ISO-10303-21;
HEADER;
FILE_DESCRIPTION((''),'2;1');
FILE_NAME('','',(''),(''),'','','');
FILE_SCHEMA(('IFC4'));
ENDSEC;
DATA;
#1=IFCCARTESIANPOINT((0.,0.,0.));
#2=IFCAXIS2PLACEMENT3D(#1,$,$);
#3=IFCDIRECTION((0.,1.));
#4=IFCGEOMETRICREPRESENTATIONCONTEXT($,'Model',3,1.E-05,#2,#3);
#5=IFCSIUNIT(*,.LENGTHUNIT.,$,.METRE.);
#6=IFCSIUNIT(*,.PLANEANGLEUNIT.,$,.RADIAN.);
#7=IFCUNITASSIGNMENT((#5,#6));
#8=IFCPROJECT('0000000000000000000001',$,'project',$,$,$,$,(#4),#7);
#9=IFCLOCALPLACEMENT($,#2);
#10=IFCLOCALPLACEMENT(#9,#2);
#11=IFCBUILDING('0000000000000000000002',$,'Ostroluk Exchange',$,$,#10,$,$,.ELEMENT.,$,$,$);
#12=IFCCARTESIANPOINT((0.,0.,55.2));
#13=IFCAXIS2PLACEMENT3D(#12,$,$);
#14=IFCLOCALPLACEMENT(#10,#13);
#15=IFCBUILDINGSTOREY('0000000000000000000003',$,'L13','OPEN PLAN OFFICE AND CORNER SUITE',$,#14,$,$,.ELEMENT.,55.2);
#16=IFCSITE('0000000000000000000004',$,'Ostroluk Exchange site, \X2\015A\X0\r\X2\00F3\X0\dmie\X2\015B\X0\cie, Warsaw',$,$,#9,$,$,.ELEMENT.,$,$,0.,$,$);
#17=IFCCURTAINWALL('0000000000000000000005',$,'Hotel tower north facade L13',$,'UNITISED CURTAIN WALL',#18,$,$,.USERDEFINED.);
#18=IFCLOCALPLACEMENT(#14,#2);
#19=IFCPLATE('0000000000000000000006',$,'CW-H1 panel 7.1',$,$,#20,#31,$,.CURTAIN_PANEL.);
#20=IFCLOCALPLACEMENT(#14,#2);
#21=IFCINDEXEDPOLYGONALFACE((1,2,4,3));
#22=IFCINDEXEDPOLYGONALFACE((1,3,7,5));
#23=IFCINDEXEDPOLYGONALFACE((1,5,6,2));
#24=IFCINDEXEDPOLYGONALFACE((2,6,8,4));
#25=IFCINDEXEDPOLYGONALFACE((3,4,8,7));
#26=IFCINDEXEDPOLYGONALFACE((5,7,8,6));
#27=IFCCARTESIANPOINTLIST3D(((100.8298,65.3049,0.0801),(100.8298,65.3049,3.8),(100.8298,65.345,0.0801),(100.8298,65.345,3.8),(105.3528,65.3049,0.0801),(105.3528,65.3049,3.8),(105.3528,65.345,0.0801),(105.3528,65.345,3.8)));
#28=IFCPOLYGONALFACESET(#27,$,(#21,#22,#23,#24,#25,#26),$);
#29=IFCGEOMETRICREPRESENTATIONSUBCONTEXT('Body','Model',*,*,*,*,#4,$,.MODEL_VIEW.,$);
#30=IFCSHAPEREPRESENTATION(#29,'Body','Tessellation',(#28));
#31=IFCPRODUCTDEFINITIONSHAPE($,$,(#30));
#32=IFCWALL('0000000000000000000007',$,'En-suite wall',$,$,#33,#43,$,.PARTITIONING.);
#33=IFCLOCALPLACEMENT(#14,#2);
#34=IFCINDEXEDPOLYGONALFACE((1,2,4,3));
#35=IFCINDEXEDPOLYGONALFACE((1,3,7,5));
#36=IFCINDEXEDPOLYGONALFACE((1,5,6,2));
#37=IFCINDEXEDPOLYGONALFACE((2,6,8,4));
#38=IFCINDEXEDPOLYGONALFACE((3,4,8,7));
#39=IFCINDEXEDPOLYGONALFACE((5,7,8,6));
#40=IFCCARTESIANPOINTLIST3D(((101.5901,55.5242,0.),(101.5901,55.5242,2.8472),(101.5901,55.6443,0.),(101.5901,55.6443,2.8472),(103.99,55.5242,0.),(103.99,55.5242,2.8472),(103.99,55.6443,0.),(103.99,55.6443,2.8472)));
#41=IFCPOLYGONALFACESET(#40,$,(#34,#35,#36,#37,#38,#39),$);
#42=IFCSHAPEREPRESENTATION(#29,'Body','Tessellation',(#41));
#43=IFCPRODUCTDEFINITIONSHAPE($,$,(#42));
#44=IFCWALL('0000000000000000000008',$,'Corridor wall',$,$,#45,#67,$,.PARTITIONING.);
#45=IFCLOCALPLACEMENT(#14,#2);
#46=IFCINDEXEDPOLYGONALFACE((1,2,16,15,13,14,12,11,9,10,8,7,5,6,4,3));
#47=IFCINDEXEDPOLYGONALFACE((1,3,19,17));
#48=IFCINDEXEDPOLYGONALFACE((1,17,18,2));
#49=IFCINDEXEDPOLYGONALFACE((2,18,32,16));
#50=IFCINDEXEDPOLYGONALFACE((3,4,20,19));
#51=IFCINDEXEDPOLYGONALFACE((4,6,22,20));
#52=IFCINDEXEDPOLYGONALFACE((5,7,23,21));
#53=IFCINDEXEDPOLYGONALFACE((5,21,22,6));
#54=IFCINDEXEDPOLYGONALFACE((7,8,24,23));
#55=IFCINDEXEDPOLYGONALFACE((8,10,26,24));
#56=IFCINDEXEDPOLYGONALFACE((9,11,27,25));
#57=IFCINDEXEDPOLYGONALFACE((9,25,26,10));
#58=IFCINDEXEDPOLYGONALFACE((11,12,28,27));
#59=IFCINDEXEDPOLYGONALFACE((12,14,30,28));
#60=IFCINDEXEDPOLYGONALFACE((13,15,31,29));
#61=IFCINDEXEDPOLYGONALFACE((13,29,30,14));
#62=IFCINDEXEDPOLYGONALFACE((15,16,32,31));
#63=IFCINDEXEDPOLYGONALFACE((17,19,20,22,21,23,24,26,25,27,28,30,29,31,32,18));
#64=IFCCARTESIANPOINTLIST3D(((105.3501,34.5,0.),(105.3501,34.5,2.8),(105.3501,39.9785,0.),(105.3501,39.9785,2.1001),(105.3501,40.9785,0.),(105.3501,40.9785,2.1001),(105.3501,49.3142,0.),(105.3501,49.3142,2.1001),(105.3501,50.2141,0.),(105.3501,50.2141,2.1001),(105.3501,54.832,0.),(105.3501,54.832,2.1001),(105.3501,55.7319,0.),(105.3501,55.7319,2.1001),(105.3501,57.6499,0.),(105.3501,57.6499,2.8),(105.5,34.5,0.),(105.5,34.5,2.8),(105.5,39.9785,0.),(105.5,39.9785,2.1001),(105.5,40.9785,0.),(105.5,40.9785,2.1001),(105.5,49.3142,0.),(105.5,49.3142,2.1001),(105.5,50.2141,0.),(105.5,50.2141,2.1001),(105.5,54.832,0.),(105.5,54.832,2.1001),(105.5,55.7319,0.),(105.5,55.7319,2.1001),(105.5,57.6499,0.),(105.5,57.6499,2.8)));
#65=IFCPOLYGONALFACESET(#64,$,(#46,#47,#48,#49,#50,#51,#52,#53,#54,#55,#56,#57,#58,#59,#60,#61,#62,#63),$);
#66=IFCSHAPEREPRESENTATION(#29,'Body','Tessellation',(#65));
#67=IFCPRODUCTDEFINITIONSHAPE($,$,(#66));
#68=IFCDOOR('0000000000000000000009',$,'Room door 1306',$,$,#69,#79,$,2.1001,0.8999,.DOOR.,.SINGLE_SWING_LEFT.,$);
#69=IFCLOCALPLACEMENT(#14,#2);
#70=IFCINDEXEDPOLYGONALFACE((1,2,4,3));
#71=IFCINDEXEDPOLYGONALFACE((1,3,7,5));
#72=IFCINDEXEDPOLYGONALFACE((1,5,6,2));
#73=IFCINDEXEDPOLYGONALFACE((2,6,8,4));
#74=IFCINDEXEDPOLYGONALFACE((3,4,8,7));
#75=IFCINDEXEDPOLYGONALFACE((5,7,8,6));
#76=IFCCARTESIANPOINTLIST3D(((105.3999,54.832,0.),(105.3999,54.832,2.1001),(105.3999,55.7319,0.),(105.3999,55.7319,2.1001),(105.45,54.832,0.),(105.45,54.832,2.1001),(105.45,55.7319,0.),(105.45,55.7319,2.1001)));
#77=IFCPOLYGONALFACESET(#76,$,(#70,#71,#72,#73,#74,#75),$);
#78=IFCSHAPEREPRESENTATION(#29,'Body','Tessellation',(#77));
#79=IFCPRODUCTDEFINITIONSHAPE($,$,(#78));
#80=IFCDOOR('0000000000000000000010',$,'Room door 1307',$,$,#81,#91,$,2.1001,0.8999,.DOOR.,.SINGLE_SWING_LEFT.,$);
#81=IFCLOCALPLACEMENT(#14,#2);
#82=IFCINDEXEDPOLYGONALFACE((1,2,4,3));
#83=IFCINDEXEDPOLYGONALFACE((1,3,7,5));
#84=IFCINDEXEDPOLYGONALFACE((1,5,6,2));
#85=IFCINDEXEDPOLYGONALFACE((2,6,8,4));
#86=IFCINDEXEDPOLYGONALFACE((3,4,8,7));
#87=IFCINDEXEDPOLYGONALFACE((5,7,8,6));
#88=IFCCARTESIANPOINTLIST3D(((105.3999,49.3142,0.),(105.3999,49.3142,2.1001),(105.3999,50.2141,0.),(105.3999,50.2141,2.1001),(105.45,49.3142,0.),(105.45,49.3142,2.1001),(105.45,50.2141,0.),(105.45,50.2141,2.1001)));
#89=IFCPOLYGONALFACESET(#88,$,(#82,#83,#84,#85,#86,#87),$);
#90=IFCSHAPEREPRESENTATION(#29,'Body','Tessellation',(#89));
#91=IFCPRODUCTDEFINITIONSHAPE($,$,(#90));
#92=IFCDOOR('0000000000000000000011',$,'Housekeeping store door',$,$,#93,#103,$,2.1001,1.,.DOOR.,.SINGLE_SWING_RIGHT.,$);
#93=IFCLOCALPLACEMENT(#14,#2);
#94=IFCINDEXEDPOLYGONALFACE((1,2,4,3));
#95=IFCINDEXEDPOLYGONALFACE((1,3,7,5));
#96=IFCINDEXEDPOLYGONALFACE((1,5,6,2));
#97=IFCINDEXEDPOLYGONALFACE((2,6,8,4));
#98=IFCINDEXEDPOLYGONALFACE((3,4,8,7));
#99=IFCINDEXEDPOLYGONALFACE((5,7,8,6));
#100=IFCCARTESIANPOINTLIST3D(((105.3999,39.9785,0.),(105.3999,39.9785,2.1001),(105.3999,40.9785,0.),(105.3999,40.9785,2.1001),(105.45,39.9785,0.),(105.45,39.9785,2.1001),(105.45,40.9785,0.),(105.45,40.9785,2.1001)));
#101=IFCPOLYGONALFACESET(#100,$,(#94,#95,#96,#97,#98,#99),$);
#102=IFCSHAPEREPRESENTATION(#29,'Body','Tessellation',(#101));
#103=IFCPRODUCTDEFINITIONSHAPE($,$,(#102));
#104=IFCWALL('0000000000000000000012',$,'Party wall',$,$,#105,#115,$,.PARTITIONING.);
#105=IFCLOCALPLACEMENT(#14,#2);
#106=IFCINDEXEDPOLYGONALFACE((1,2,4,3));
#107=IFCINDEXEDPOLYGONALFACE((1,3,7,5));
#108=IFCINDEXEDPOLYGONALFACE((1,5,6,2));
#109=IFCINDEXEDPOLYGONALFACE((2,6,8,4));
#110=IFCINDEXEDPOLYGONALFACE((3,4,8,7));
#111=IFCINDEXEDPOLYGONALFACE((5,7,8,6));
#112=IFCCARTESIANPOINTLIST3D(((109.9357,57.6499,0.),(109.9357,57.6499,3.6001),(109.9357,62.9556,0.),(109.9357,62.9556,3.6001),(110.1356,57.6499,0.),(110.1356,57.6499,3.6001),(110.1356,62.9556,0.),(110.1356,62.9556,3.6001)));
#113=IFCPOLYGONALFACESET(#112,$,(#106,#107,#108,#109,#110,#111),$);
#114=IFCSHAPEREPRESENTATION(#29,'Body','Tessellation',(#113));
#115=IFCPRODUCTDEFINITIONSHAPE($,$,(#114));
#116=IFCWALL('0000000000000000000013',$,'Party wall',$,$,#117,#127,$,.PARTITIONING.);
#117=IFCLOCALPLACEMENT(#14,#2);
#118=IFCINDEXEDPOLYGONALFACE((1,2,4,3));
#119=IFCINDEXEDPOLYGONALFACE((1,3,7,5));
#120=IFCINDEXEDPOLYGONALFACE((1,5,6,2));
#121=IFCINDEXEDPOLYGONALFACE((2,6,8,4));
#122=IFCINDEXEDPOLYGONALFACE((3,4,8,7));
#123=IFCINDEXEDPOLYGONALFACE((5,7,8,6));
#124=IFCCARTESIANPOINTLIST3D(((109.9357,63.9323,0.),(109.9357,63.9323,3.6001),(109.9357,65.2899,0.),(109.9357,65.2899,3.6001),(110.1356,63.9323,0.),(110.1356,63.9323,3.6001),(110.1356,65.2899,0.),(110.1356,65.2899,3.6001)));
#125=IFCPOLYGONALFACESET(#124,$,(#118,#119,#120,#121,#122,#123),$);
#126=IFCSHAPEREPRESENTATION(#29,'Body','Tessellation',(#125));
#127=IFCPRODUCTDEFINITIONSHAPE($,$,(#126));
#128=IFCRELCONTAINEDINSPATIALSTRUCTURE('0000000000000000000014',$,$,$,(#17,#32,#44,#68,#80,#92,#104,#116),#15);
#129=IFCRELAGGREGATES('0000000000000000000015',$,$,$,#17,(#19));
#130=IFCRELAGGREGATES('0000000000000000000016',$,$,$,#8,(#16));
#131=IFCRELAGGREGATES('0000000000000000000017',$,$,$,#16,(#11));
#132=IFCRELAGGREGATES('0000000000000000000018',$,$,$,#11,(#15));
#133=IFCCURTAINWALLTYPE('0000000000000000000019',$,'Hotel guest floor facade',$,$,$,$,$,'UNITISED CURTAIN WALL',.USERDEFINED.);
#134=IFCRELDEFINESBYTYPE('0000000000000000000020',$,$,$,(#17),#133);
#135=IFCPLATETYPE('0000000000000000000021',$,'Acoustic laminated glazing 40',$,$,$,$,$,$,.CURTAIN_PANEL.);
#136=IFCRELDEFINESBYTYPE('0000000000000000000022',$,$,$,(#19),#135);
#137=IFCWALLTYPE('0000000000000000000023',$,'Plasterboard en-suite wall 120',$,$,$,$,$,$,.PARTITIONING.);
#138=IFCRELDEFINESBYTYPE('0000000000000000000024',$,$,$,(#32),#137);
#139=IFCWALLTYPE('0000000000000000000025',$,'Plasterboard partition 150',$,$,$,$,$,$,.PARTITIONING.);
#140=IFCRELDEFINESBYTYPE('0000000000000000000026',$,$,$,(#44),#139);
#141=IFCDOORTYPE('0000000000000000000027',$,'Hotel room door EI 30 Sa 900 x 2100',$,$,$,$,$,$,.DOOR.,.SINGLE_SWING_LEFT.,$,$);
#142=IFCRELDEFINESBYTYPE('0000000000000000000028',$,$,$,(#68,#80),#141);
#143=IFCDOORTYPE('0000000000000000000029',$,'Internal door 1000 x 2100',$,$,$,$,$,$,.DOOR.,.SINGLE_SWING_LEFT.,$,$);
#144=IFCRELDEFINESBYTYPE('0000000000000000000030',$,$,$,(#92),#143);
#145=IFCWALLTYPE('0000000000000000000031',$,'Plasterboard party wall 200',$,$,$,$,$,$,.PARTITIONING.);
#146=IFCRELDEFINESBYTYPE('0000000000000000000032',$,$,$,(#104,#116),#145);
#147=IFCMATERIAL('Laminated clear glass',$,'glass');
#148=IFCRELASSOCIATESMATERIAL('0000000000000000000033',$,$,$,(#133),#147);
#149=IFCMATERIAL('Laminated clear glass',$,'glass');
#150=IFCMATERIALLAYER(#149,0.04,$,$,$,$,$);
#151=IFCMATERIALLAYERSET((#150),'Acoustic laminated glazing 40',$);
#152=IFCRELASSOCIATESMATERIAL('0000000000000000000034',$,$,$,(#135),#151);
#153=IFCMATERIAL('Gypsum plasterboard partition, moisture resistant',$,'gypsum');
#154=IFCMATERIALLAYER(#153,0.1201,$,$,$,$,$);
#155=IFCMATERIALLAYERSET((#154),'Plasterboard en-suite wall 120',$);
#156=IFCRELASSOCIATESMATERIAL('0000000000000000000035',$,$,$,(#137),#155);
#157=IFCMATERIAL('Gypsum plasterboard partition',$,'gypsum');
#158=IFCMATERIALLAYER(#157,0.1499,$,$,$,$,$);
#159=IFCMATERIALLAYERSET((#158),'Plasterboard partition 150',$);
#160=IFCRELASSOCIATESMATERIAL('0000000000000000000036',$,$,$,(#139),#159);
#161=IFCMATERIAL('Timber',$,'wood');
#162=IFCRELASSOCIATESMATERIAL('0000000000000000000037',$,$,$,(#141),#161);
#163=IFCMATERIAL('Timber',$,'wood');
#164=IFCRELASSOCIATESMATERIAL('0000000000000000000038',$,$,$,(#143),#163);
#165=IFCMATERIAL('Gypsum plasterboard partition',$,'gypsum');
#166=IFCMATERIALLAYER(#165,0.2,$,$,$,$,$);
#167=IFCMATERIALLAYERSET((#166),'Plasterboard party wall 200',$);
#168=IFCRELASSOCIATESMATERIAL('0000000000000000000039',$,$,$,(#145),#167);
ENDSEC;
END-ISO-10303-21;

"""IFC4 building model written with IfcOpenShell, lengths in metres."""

from ifc_helpers import new_model, si_unit, direction, frame, frame_2d, origin, origin_2d, place, context, subcontext, project, spatial, rectangle, extrude, material, layer, layer_set, type_object, element, fill, aggregate, save


model = new_model("IFC4")

# Units and contexts
model_context = context("Model", 3, precision=1e-05, world=origin(), true_north=direction((0.0, 1.0)))
body_context = subcontext(model_context, "Body", "Model", "MODEL_VIEW")
ifc_project = project(units=[si_unit("LENGTHUNIT", "METRE"), si_unit("PLANEANGLEUNIT", "RADIAN")], contexts=[model_context])

# Site, building, storey
site_placement = place(None, origin())
site = spatial("IfcSite", under=ifc_project, at=site_placement, Name="Ostroluk Exchange site, Śródmieście, Warsaw", CompositionType="ELEMENT", RefElevation=0.0)
building_placement = place(site_placement, origin())
building = spatial("IfcBuilding", under=site, at=building_placement, Name="Ostroluk Exchange", CompositionType="ELEMENT")
storey_placement = place(building_placement, frame((0.0, 0.0, 55.2)))
storey = spatial("IfcBuildingStorey", under=building, at=storey_placement, Name="L13", Description="OPEN PLAN OFFICE AND CORNER SUITE", CompositionType="ELEMENT", Elevation=55.2)

# Curtain wall, plate
ifc_material_1 = material(Name="Laminated clear glass", Category="glass")
curtain_wall_type = type_object("IfcCurtainWallType", Name="Hotel guest floor facade", ElementType="UNITISED CURTAIN WALL", PredefinedType="USERDEFINED", material=ifc_material_1)
curtain_wall_placement = place(storey_placement, origin())
curtain_wall = element("IfcCurtainWall", 1, at=curtain_wall_placement, inside=storey, type_object=curtain_wall_type, Name="Hotel tower north facade L13", ObjectType="UNITISED CURTAIN WALL", PredefinedType="USERDEFINED")
ifc_material_2 = material(Name="Laminated clear glass", Category="glass")
ifc_layer_1 = layer(ifc_material_2, 0.04)
ifc_layer_set_1 = layer_set([ifc_layer_1], Name="Acoustic laminated glazing 40")
plate_type = type_object("IfcPlateType", Name="Acoustic laminated glazing 40", PredefinedType="CURTAIN_PANEL", material=ifc_layer_set_1)
plate_1_placement = place(storey_placement, frame((103.0913, 65.325, 0.0801), z_axis=(0.0, 0.0, 1.0), x_axis=(-1.0, 0.0, 0.0)))
plate_1 = element("IfcPlate", 2, at=plate_1_placement, type_object=plate_type, Name="CW-H1 panel 7.1", PredefinedType="CURTAIN_PANEL", context=body_context, shape_type="SweptSolid", body=[
    extrude(rectangle(XDim=4.5229, YDim=0.04, at=origin_2d()), origin(), (0.0, 0.0, 1.0), 3.72),
])
aggregate(curtain_wall, [plate_1])

# Wall
ifc_material_3 = material(Name="Gypsum plasterboard partition, moisture resistant", Category="gypsum")
ifc_layer_2 = layer(ifc_material_3, 0.1201)
ifc_layer_set_2 = layer_set([ifc_layer_2], Name="Plasterboard en-suite wall 120")
wall_type_1 = type_object("IfcWallType", Name="Plasterboard en-suite wall 120", PredefinedType="PARTITIONING", material=ifc_layer_set_2)
wall_1_placement = place(storey_placement, frame((103.99, 55.5842, 0.0), z_axis=(0.0, 0.0, 1.0), x_axis=(-1.0, 0.0, 0.0)))
element("IfcWall", 3, at=wall_1_placement, inside=storey, type_object=wall_type_1, Name="En-suite wall", PredefinedType="PARTITIONING", context=body_context, shape_type="SweptSolid", body=[
    extrude(rectangle(XDim=2.3999, YDim=0.1201, at=frame_2d((1.2, 0.0))), origin(), (0.0, 0.0, 1.0), 2.8472),
])

# Wall, openings, doors
ifc_material_4 = material(Name="Gypsum plasterboard partition", Category="gypsum")
ifc_layer_3 = layer(ifc_material_4, 0.1499)
ifc_layer_set_3 = layer_set([ifc_layer_3], Name="Plasterboard partition 150")
wall_type_2 = type_object("IfcWallType", Name="Plasterboard partition 150", PredefinedType="PARTITIONING", material=ifc_layer_set_3)
wall_2_placement = place(storey_placement, frame((105.425, 57.6499, 0.0), z_axis=(0.0, 0.0, 1.0), x_axis=(0.0, -1.0, 0.0)))
wall_2 = element("IfcWall", 4, at=wall_2_placement, inside=storey, type_object=wall_type_2, Name="Corridor wall", PredefinedType="PARTITIONING", context=body_context, shape_type="SweptSolid", body=[
    extrude(rectangle(XDim=23.1499, YDim=0.1499, at=frame_2d((11.575, 0.0))), origin(), (0.0, 0.0, 1.0), 2.8),
])
opening_1_placement = place(wall_2_placement, frame((1.918, 0.0, 0.0)))
opening_1 = element("IfcOpeningElement", 5, at=opening_1_placement, cuts=wall_2, PredefinedType="OPENING", context=body_context, shape_type="SweptSolid", body=[
    extrude(rectangle(XDim=0.8999, YDim=2.1001, at=frame_2d((0.45, 1.05))), frame((0.0, 0.085, 0.0), z_axis=(0.0, -1.0, 0.0), x_axis=(1.0, 0.0, 0.0)), (0.0, 0.0, 1.0), 0.1699),
])
opening_2_placement = place(wall_2_placement, frame((7.4358, 0.0, 0.0)))
opening_2 = element("IfcOpeningElement", 6, at=opening_2_placement, cuts=wall_2, PredefinedType="OPENING", context=body_context, shape_type="SweptSolid", body=[
    extrude(rectangle(XDim=0.8999, YDim=2.1001, at=frame_2d((0.45, 1.05))), frame((0.0, 0.085, 0.0), z_axis=(0.0, -1.0, 0.0), x_axis=(1.0, 0.0, 0.0)), (0.0, 0.0, 1.0), 0.1699),
])
opening_3_placement = place(wall_2_placement, frame((16.6714, 0.0, 0.0)))
opening_3 = element("IfcOpeningElement", 7, at=opening_3_placement, cuts=wall_2, PredefinedType="OPENING", context=body_context, shape_type="SweptSolid", body=[
    extrude(rectangle(XDim=1.0, YDim=2.1001, at=frame_2d((0.5, 1.05))), frame((0.0, 0.085, 0.0), z_axis=(0.0, -1.0, 0.0), x_axis=(1.0, 0.0, 0.0)), (0.0, 0.0, 1.0), 0.1699),
])
ifc_material_5 = material(Name="Timber", Category="wood")
door_type_1 = type_object("IfcDoorType", Name="Hotel room door EI 30 Sa 900 x 2100", OperationType="SINGLE_SWING_LEFT", PredefinedType="DOOR", material=ifc_material_5)
door_1_placement = place(opening_1_placement, origin())
door_1 = element("IfcDoor", 8, at=door_1_placement, inside=storey, type_object=door_type_1, Name="Room door 1306", OperationType="SINGLE_SWING_LEFT", OverallHeight=2.1001, OverallWidth=0.8999, PredefinedType="DOOR", context=body_context, shape_type="SweptSolid", body=[
    extrude(rectangle(XDim=0.8999, YDim=2.1001, at=frame_2d((0.45, 1.05))), frame((0.0, 0.0249, 0.0), z_axis=(0.0, -1.0, 0.0), x_axis=(1.0, 0.0, 0.0)), (0.0, 0.0, 1.0), 0.05),
])
fill(opening_1, door_1)
door_2_placement = place(opening_2_placement, origin())
door_2 = element("IfcDoor", 9, at=door_2_placement, inside=storey, type_object=door_type_1, Name="Room door 1307", OperationType="SINGLE_SWING_LEFT", OverallHeight=2.1001, OverallWidth=0.8999, PredefinedType="DOOR", context=body_context, shape_type="SweptSolid", body=[
    extrude(rectangle(XDim=0.8999, YDim=2.1001, at=frame_2d((0.45, 1.05))), frame((0.0, 0.0249, 0.0), z_axis=(0.0, -1.0, 0.0), x_axis=(1.0, 0.0, 0.0)), (0.0, 0.0, 1.0), 0.05),
])
fill(opening_2, door_2)
ifc_material_6 = material(Name="Timber", Category="wood")
door_type_2 = type_object("IfcDoorType", Name="Internal door 1000 x 2100", OperationType="SINGLE_SWING_LEFT", PredefinedType="DOOR", material=ifc_material_6)
door_3_placement = place(opening_3_placement, origin())
door_3 = element("IfcDoor", 10, at=door_3_placement, inside=storey, type_object=door_type_2, Name="Housekeeping store door", OperationType="SINGLE_SWING_RIGHT", OverallHeight=2.1001, OverallWidth=1.0, PredefinedType="DOOR", context=body_context, shape_type="SweptSolid", body=[
    extrude(rectangle(XDim=1.0, YDim=2.1001, at=frame_2d((0.5, 1.05))), frame((0.0, 0.0249, 0.0), z_axis=(0.0, -1.0, 0.0), x_axis=(1.0, 0.0, 0.0)), (0.0, 0.0, 1.0), 0.05),
])
fill(opening_3, door_3)

# Walls
ifc_material_7 = material(Name="Gypsum plasterboard partition", Category="gypsum")
ifc_layer_4 = layer(ifc_material_7, 0.2)
ifc_layer_set_4 = layer_set([ifc_layer_4], Name="Plasterboard party wall 200")
wall_type_3 = type_object("IfcWallType", Name="Plasterboard party wall 200", PredefinedType="PARTITIONING", material=ifc_layer_set_4)
wall_3_placement = place(storey_placement, frame((110.0356, 57.6499, 0.0), z_axis=(0.0, 0.0, 1.0), x_axis=(0.0, 1.0, 0.0)))
element("IfcWall", 11, at=wall_3_placement, inside=storey, type_object=wall_type_3, Name="Party wall", PredefinedType="PARTITIONING", context=body_context, shape_type="SweptSolid", body=[
    extrude(rectangle(XDim=5.3057, YDim=0.2, at=frame_2d((2.6528, 0.0))), origin(), (0.0, 0.0, 1.0), 3.6001),
])
wall_4_placement = place(storey_placement, frame((110.0356, 63.9324, 0.0), z_axis=(0.0, 0.0, 1.0), x_axis=(0.0, 1.0, 0.0)))
element("IfcWall", 12, at=wall_4_placement, inside=storey, type_object=wall_type_3, Name="Party wall", PredefinedType="PARTITIONING", context=body_context, shape_type="SweptSolid", body=[
    extrude(rectangle(XDim=1.3577, YDim=0.2, at=frame_2d((0.6787, 0.0))), origin(), (0.0, 0.0, 1.0), 3.6001),
])

save(model, "model.ifc")
